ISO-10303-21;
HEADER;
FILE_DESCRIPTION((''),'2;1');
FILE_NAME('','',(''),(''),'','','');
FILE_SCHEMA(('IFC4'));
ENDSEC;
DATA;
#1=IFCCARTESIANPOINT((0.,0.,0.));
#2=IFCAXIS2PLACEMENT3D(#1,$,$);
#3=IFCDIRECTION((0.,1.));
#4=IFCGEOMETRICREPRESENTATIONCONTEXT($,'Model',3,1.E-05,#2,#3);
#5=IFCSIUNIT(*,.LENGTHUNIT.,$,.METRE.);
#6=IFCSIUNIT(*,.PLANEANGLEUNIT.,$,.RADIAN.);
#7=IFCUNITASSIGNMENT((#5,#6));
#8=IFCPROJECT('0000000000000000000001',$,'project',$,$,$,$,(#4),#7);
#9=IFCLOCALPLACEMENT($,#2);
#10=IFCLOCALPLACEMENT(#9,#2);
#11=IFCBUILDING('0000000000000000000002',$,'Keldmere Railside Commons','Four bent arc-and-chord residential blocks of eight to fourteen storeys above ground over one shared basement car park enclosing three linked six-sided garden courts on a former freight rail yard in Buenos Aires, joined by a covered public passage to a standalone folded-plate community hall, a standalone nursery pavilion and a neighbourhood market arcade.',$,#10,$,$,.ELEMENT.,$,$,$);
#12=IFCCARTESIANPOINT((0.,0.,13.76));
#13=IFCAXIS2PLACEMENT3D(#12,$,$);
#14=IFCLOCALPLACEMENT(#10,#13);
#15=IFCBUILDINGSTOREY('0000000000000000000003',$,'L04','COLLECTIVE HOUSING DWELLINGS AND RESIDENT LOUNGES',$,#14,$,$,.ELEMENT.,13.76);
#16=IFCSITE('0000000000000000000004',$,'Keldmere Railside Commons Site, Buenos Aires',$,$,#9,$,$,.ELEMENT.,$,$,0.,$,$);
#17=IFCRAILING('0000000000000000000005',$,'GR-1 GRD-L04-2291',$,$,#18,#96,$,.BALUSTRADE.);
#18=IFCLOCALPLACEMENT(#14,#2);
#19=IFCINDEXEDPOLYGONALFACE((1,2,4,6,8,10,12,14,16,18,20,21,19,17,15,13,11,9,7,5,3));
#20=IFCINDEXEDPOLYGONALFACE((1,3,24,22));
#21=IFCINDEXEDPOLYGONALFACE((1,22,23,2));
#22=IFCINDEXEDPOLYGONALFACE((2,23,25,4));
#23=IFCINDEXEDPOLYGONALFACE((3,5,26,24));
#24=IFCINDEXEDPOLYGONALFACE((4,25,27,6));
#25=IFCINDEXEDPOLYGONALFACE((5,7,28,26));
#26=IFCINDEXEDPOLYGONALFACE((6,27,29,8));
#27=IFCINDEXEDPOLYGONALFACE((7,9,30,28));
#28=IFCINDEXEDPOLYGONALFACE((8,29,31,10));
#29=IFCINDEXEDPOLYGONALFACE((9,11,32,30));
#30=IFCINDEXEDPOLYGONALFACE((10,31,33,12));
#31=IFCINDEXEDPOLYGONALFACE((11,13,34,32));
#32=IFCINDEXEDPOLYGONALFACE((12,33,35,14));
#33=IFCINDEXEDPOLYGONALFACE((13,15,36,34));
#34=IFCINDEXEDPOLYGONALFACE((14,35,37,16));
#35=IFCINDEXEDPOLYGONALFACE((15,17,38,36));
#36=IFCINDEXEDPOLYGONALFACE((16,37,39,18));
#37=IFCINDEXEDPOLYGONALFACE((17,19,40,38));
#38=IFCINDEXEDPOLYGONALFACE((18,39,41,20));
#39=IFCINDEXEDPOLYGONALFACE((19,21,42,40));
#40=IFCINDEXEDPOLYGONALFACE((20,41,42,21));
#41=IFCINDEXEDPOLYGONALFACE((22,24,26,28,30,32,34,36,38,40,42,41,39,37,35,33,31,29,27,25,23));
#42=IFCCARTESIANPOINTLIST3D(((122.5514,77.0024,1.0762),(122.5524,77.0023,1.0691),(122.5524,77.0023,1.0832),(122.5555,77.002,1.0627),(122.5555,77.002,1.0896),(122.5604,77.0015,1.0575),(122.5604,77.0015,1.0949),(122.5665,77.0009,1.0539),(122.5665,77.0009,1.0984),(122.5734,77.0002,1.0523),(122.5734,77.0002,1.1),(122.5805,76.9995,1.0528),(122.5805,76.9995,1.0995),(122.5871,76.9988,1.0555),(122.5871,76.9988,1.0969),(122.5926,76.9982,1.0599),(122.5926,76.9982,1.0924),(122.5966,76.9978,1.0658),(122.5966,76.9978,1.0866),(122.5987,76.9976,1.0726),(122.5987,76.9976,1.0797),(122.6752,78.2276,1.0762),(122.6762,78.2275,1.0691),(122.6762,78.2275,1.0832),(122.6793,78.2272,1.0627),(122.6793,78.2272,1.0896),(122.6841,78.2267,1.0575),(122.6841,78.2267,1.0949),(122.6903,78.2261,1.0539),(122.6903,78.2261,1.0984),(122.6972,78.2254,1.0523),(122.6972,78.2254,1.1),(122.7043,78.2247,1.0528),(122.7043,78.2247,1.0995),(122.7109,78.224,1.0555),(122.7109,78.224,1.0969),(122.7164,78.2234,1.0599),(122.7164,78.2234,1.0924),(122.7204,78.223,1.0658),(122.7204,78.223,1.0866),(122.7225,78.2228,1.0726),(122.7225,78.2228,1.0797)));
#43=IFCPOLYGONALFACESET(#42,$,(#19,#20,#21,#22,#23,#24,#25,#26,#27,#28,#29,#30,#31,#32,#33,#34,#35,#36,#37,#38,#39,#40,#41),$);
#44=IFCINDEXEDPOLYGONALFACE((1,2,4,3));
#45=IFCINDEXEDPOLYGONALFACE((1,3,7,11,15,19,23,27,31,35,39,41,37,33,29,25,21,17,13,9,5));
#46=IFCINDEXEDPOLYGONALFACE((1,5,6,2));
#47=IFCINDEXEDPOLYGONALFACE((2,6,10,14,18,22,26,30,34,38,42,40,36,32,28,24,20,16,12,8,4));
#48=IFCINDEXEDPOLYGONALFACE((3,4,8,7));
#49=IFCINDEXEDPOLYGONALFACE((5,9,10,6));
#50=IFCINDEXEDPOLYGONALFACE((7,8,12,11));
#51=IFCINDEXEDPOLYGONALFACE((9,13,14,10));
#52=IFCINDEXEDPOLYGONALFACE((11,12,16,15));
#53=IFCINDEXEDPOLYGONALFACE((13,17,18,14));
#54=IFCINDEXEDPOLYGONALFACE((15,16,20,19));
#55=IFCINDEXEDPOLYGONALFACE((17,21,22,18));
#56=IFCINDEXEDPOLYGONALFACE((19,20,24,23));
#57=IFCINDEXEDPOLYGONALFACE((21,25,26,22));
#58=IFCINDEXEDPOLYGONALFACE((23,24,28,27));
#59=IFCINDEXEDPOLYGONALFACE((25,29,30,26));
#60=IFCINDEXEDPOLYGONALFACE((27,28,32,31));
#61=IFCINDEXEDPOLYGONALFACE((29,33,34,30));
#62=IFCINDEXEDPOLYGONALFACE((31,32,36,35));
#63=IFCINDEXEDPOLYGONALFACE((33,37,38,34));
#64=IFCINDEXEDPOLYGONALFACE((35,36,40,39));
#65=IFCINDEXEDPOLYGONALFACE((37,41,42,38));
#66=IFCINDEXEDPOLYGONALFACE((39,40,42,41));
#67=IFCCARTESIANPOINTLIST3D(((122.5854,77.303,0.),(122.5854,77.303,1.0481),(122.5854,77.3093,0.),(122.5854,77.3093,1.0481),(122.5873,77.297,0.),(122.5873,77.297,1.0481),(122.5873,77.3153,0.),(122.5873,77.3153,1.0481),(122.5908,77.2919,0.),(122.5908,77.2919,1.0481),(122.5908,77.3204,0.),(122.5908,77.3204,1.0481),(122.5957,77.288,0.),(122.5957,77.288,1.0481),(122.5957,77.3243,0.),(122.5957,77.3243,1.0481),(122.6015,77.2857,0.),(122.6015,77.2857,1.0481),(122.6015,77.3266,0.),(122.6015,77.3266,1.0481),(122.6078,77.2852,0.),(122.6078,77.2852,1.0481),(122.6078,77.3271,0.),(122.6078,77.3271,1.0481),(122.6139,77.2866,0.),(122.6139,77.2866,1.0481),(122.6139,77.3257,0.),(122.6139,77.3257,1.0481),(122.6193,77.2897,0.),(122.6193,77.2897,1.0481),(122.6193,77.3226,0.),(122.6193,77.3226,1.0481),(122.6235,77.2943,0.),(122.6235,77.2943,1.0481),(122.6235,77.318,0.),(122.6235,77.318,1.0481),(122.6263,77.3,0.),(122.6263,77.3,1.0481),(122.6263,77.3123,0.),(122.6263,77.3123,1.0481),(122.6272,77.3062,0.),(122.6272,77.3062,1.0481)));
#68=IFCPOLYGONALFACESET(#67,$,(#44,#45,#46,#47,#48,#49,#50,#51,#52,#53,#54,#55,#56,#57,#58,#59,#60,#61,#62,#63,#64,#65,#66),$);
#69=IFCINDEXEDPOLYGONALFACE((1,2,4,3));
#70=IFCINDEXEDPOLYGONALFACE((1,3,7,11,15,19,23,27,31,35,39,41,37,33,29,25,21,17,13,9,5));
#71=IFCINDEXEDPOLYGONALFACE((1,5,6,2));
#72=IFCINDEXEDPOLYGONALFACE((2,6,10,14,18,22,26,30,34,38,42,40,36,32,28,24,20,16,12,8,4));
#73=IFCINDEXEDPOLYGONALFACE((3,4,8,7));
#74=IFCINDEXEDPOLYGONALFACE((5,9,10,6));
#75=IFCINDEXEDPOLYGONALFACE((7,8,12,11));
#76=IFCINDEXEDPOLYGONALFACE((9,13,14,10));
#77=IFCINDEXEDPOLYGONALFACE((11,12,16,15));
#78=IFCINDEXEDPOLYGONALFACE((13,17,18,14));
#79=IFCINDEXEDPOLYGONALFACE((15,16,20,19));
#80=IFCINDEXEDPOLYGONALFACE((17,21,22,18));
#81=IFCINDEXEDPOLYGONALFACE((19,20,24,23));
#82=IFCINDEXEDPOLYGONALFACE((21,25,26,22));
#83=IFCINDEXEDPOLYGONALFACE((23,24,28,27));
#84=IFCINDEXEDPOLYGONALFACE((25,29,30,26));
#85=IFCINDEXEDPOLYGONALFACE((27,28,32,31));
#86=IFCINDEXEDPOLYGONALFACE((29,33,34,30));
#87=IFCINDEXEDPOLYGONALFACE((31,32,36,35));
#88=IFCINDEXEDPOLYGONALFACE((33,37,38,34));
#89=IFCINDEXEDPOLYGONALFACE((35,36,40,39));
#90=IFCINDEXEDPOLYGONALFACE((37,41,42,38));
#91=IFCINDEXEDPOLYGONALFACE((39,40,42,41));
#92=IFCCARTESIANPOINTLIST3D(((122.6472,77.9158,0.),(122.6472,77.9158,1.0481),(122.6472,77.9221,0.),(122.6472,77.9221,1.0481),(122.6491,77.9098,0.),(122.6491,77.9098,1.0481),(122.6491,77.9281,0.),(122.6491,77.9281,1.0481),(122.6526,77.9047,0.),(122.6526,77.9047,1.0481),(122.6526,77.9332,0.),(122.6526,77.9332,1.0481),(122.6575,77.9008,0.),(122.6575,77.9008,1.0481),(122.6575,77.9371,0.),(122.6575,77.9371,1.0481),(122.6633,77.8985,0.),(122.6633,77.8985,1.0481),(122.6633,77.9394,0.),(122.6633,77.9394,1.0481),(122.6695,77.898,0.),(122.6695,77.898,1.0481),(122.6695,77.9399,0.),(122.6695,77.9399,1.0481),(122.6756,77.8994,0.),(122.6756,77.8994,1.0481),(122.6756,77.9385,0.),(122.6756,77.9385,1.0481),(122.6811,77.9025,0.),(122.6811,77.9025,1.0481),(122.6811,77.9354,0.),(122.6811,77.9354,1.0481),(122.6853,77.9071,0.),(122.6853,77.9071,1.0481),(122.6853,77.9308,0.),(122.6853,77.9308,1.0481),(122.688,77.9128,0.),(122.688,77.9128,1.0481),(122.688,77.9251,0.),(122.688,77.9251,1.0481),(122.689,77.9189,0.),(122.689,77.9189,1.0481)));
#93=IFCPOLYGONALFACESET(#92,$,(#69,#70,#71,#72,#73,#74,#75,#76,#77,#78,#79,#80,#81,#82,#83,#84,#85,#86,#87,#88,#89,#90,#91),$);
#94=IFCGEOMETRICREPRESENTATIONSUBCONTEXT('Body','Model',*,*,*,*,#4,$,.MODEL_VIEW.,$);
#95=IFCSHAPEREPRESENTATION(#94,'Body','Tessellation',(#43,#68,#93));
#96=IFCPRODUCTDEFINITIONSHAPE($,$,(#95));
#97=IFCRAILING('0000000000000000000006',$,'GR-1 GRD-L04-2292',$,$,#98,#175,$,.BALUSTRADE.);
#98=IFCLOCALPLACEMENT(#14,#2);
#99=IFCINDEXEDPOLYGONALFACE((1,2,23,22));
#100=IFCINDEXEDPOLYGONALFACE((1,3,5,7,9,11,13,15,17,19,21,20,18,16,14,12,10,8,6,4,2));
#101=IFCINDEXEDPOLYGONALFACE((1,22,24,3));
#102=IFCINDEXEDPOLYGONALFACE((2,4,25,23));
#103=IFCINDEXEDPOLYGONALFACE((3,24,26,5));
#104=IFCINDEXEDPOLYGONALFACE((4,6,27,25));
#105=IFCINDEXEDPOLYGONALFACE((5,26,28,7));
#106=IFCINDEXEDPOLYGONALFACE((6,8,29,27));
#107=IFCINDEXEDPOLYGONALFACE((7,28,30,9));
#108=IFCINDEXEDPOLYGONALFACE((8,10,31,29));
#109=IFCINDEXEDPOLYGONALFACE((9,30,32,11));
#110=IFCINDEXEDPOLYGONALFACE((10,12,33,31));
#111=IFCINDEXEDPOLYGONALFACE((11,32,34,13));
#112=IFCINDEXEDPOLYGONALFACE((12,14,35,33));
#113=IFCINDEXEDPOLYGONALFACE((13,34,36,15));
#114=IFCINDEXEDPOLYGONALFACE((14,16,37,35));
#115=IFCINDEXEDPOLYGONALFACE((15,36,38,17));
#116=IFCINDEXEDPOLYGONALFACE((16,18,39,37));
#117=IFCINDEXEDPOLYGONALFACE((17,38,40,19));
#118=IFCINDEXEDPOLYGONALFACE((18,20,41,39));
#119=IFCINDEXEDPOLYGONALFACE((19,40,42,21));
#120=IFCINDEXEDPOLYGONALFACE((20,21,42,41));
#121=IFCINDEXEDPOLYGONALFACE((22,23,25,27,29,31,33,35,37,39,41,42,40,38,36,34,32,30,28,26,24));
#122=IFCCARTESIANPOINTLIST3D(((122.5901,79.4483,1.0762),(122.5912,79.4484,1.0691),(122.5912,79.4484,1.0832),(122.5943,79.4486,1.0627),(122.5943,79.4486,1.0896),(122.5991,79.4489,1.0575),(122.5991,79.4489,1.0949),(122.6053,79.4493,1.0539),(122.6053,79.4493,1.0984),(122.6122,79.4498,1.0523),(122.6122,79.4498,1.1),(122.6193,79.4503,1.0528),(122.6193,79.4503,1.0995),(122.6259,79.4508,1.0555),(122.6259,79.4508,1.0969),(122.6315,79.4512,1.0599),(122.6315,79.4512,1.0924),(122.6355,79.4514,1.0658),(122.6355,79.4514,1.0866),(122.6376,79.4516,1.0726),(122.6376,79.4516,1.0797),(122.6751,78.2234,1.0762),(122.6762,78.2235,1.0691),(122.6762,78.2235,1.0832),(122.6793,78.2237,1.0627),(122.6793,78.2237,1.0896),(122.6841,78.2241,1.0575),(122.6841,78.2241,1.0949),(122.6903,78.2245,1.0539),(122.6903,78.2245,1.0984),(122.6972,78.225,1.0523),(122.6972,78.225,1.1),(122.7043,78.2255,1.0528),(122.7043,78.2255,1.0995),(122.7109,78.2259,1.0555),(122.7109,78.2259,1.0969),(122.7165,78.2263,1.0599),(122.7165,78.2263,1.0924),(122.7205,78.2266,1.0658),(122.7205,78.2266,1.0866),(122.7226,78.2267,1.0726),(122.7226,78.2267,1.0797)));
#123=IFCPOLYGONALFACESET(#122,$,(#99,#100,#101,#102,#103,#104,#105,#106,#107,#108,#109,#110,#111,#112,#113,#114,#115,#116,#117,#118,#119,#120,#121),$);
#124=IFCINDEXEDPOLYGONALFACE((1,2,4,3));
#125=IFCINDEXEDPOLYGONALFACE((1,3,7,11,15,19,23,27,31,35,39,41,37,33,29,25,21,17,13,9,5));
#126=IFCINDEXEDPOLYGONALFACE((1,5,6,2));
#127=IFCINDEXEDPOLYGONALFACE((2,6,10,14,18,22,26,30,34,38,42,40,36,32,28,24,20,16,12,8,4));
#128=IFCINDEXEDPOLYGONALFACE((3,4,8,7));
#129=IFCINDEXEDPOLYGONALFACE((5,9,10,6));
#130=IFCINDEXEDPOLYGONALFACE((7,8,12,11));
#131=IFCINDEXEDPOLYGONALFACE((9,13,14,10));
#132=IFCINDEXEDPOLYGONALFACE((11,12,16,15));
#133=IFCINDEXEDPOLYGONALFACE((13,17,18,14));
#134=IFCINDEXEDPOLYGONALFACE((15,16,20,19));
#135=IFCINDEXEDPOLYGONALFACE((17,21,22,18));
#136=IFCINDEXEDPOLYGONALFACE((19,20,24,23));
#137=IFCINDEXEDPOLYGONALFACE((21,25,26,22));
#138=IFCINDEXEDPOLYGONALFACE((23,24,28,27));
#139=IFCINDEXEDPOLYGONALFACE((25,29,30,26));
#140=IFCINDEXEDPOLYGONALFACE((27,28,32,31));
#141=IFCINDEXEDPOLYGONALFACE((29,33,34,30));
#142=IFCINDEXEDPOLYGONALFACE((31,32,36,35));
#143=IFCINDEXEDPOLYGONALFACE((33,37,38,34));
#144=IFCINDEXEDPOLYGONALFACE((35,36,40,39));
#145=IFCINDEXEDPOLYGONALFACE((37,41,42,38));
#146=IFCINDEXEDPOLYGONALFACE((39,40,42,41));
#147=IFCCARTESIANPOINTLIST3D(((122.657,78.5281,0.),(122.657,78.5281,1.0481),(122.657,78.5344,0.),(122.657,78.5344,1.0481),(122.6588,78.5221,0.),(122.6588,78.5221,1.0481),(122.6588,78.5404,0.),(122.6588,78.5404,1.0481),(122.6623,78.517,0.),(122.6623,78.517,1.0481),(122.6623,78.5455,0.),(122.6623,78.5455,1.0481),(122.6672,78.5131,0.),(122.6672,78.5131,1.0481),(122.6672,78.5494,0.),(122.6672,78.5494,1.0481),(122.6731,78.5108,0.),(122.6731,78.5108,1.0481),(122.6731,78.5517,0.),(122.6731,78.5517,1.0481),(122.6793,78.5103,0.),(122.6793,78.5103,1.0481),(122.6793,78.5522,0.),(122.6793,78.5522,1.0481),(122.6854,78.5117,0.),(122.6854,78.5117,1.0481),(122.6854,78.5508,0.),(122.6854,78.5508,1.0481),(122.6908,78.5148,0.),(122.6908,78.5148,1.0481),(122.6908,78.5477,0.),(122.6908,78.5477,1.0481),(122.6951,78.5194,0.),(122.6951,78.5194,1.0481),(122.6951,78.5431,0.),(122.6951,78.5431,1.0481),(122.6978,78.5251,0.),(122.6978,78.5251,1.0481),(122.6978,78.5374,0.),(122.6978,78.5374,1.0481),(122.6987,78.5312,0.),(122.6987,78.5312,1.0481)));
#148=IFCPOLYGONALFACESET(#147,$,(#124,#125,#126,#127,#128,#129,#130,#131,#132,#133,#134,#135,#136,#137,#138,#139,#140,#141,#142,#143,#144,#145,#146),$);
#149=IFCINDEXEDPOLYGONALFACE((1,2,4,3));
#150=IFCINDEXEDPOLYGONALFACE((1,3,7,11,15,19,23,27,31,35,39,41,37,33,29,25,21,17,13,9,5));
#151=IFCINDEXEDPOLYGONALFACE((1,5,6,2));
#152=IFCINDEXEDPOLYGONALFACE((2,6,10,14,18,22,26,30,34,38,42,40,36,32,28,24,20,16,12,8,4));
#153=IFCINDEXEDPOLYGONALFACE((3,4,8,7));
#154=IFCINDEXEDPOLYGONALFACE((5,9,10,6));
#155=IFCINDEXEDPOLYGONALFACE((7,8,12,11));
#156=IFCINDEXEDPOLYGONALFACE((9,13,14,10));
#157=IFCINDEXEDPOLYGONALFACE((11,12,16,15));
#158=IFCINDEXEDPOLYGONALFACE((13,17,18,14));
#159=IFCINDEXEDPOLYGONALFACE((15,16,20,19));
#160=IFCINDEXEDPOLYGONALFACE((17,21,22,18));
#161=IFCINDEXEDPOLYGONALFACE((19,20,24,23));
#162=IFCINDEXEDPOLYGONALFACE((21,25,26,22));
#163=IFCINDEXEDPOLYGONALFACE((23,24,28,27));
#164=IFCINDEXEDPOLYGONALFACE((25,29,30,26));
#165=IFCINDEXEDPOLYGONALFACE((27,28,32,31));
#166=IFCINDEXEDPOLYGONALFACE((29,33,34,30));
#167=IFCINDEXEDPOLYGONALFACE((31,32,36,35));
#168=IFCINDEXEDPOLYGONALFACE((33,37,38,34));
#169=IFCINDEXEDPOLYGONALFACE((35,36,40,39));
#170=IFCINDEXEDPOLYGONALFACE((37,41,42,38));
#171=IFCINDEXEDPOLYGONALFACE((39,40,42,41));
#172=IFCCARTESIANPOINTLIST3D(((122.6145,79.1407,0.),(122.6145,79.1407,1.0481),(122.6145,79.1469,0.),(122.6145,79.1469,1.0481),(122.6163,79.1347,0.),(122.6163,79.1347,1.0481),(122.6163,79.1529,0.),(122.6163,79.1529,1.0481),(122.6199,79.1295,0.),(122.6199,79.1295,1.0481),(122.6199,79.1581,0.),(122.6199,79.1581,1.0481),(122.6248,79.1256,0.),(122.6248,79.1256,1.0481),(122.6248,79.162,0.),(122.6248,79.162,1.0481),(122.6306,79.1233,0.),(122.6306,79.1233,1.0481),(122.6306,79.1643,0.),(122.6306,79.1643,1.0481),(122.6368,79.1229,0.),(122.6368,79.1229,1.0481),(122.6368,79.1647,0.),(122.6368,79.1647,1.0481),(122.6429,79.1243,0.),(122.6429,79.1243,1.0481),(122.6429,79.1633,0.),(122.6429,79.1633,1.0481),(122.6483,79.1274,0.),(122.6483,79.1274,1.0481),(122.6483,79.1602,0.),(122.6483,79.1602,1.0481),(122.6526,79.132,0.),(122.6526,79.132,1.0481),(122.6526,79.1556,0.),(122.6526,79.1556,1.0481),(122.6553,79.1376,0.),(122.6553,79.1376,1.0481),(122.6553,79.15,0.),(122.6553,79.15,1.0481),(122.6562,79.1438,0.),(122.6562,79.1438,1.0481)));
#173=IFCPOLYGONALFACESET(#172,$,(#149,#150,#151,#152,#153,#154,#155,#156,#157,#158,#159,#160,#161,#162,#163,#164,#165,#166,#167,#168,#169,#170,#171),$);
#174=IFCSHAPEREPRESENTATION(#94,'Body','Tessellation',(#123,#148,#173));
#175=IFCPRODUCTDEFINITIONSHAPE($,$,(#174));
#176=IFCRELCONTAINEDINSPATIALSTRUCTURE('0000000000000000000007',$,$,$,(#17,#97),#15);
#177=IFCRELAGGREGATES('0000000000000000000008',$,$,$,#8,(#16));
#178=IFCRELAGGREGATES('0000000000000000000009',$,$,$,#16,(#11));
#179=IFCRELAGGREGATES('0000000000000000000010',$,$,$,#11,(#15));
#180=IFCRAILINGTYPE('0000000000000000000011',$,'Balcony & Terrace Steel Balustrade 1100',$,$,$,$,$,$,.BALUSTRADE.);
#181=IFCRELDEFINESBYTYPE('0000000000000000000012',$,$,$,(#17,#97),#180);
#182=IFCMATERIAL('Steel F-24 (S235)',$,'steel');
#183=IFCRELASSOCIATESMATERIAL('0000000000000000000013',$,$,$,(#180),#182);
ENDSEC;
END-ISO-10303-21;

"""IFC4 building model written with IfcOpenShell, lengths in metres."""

from ifc_helpers import new_model, si_unit, direction, frame, origin, origin_2d, place, context, subcontext, project, spatial, circle, extrude, material, type_object, element, save


model = new_model("IFC4")

# Units and contexts
model_context = context("Model", 3, precision=1e-05, world=origin(), true_north=direction((0.0, 1.0)))
body_context = subcontext(model_context, "Body", "Model", "MODEL_VIEW")
ifc_project = project(units=[si_unit("LENGTHUNIT", "METRE"), si_unit("PLANEANGLEUNIT", "RADIAN")], contexts=[model_context])

# Site, building, storey
site_placement = place(None, origin())
site = spatial("IfcSite", under=ifc_project, at=site_placement, Name="Keldmere Railside Commons Site, Buenos Aires", CompositionType="ELEMENT", RefElevation=0.0)
building_placement = place(site_placement, origin())
building = spatial("IfcBuilding", under=site, at=building_placement, Name="Keldmere Railside Commons", Description="Four bent arc-and-chord residential blocks of eight to fourteen storeys above ground over one shared basement car park enclosing three linked six-sided garden courts on a former freight rail yard in Buenos Aires, joined by a covered public passage to a standalone folded-plate community hall, a standalone nursery pavilion and a neighbourhood market arcade.", CompositionType="ELEMENT")
storey_placement = place(building_placement, frame((0.0, 0.0, 13.76)))
storey = spatial("IfcBuildingStorey", under=building, at=storey_placement, Name="L04", Description="COLLECTIVE HOUSING DWELLINGS AND RESIDENT LOUNGES", CompositionType="ELEMENT", Elevation=13.76)

# Railings
ifc_material_1 = material(Name="Steel F-24 (S235)", Category="steel")
railing_type_1 = type_object("IfcRailingType", Name="Balcony & Terrace Steel Balustrade 1100", PredefinedType="BALUSTRADE", material=ifc_material_1)
railing_1_placement = place(storey_placement, frame((122.5752, 77.0, 0.0)))
element("IfcRailing", 1, at=railing_1_placement, inside=storey, type_object=railing_type_1, Name="GR-1 GRD-L04-2291", PredefinedType="BALUSTRADE", context=body_context, shape_type="SweptSolid", body=[
    extrude(circle(Radius=0.0239, at=origin_2d()), frame((0.0, 0.0, 1.0762), z_axis=(0.100524, 0.994935, 0.0), x_axis=(-0.994935, 0.100524, 0.0)), (0.0, 0.0, 1.0), 1.2314),
    extrude(circle(Radius=0.021, at=origin_2d()), frame((0.031, 0.3062, 0.0)), (0.0, 0.0, 1.0), 1.0481),
    extrude(circle(Radius=0.021, at=origin_2d()), frame((0.0928, 0.9189, 0.0)), (0.0, 0.0, 1.0), 1.0481),
])
railing_2_placement = place(storey_placement, frame((122.699, 78.2251, 0.0)))
element("IfcRailing", 2, at=railing_2_placement, inside=storey, type_object=railing_type_1, Name="GR-1 GRD-L04-2292", PredefinedType="BALUSTRADE", context=body_context, shape_type="SweptSolid", body=[
    extrude(circle(Radius=0.0239, at=origin_2d()), frame((0.0, 0.0, 1.0762), z_axis=(-0.069198, 0.997603, 0.0), x_axis=(-0.997603, -0.069198, 0.0)), (0.0, 0.0, 1.0), 1.2278),
    extrude(circle(Radius=0.021, at=origin_2d()), frame((-0.0212, 0.3062, 0.0)), (0.0, 0.0, 1.0), 1.0481),
    extrude(circle(Radius=0.021, at=origin_2d()), frame((-0.0637, 0.9187, 0.0)), (0.0, 0.0, 1.0), 1.0481),
])

save(model, "model.ifc")
